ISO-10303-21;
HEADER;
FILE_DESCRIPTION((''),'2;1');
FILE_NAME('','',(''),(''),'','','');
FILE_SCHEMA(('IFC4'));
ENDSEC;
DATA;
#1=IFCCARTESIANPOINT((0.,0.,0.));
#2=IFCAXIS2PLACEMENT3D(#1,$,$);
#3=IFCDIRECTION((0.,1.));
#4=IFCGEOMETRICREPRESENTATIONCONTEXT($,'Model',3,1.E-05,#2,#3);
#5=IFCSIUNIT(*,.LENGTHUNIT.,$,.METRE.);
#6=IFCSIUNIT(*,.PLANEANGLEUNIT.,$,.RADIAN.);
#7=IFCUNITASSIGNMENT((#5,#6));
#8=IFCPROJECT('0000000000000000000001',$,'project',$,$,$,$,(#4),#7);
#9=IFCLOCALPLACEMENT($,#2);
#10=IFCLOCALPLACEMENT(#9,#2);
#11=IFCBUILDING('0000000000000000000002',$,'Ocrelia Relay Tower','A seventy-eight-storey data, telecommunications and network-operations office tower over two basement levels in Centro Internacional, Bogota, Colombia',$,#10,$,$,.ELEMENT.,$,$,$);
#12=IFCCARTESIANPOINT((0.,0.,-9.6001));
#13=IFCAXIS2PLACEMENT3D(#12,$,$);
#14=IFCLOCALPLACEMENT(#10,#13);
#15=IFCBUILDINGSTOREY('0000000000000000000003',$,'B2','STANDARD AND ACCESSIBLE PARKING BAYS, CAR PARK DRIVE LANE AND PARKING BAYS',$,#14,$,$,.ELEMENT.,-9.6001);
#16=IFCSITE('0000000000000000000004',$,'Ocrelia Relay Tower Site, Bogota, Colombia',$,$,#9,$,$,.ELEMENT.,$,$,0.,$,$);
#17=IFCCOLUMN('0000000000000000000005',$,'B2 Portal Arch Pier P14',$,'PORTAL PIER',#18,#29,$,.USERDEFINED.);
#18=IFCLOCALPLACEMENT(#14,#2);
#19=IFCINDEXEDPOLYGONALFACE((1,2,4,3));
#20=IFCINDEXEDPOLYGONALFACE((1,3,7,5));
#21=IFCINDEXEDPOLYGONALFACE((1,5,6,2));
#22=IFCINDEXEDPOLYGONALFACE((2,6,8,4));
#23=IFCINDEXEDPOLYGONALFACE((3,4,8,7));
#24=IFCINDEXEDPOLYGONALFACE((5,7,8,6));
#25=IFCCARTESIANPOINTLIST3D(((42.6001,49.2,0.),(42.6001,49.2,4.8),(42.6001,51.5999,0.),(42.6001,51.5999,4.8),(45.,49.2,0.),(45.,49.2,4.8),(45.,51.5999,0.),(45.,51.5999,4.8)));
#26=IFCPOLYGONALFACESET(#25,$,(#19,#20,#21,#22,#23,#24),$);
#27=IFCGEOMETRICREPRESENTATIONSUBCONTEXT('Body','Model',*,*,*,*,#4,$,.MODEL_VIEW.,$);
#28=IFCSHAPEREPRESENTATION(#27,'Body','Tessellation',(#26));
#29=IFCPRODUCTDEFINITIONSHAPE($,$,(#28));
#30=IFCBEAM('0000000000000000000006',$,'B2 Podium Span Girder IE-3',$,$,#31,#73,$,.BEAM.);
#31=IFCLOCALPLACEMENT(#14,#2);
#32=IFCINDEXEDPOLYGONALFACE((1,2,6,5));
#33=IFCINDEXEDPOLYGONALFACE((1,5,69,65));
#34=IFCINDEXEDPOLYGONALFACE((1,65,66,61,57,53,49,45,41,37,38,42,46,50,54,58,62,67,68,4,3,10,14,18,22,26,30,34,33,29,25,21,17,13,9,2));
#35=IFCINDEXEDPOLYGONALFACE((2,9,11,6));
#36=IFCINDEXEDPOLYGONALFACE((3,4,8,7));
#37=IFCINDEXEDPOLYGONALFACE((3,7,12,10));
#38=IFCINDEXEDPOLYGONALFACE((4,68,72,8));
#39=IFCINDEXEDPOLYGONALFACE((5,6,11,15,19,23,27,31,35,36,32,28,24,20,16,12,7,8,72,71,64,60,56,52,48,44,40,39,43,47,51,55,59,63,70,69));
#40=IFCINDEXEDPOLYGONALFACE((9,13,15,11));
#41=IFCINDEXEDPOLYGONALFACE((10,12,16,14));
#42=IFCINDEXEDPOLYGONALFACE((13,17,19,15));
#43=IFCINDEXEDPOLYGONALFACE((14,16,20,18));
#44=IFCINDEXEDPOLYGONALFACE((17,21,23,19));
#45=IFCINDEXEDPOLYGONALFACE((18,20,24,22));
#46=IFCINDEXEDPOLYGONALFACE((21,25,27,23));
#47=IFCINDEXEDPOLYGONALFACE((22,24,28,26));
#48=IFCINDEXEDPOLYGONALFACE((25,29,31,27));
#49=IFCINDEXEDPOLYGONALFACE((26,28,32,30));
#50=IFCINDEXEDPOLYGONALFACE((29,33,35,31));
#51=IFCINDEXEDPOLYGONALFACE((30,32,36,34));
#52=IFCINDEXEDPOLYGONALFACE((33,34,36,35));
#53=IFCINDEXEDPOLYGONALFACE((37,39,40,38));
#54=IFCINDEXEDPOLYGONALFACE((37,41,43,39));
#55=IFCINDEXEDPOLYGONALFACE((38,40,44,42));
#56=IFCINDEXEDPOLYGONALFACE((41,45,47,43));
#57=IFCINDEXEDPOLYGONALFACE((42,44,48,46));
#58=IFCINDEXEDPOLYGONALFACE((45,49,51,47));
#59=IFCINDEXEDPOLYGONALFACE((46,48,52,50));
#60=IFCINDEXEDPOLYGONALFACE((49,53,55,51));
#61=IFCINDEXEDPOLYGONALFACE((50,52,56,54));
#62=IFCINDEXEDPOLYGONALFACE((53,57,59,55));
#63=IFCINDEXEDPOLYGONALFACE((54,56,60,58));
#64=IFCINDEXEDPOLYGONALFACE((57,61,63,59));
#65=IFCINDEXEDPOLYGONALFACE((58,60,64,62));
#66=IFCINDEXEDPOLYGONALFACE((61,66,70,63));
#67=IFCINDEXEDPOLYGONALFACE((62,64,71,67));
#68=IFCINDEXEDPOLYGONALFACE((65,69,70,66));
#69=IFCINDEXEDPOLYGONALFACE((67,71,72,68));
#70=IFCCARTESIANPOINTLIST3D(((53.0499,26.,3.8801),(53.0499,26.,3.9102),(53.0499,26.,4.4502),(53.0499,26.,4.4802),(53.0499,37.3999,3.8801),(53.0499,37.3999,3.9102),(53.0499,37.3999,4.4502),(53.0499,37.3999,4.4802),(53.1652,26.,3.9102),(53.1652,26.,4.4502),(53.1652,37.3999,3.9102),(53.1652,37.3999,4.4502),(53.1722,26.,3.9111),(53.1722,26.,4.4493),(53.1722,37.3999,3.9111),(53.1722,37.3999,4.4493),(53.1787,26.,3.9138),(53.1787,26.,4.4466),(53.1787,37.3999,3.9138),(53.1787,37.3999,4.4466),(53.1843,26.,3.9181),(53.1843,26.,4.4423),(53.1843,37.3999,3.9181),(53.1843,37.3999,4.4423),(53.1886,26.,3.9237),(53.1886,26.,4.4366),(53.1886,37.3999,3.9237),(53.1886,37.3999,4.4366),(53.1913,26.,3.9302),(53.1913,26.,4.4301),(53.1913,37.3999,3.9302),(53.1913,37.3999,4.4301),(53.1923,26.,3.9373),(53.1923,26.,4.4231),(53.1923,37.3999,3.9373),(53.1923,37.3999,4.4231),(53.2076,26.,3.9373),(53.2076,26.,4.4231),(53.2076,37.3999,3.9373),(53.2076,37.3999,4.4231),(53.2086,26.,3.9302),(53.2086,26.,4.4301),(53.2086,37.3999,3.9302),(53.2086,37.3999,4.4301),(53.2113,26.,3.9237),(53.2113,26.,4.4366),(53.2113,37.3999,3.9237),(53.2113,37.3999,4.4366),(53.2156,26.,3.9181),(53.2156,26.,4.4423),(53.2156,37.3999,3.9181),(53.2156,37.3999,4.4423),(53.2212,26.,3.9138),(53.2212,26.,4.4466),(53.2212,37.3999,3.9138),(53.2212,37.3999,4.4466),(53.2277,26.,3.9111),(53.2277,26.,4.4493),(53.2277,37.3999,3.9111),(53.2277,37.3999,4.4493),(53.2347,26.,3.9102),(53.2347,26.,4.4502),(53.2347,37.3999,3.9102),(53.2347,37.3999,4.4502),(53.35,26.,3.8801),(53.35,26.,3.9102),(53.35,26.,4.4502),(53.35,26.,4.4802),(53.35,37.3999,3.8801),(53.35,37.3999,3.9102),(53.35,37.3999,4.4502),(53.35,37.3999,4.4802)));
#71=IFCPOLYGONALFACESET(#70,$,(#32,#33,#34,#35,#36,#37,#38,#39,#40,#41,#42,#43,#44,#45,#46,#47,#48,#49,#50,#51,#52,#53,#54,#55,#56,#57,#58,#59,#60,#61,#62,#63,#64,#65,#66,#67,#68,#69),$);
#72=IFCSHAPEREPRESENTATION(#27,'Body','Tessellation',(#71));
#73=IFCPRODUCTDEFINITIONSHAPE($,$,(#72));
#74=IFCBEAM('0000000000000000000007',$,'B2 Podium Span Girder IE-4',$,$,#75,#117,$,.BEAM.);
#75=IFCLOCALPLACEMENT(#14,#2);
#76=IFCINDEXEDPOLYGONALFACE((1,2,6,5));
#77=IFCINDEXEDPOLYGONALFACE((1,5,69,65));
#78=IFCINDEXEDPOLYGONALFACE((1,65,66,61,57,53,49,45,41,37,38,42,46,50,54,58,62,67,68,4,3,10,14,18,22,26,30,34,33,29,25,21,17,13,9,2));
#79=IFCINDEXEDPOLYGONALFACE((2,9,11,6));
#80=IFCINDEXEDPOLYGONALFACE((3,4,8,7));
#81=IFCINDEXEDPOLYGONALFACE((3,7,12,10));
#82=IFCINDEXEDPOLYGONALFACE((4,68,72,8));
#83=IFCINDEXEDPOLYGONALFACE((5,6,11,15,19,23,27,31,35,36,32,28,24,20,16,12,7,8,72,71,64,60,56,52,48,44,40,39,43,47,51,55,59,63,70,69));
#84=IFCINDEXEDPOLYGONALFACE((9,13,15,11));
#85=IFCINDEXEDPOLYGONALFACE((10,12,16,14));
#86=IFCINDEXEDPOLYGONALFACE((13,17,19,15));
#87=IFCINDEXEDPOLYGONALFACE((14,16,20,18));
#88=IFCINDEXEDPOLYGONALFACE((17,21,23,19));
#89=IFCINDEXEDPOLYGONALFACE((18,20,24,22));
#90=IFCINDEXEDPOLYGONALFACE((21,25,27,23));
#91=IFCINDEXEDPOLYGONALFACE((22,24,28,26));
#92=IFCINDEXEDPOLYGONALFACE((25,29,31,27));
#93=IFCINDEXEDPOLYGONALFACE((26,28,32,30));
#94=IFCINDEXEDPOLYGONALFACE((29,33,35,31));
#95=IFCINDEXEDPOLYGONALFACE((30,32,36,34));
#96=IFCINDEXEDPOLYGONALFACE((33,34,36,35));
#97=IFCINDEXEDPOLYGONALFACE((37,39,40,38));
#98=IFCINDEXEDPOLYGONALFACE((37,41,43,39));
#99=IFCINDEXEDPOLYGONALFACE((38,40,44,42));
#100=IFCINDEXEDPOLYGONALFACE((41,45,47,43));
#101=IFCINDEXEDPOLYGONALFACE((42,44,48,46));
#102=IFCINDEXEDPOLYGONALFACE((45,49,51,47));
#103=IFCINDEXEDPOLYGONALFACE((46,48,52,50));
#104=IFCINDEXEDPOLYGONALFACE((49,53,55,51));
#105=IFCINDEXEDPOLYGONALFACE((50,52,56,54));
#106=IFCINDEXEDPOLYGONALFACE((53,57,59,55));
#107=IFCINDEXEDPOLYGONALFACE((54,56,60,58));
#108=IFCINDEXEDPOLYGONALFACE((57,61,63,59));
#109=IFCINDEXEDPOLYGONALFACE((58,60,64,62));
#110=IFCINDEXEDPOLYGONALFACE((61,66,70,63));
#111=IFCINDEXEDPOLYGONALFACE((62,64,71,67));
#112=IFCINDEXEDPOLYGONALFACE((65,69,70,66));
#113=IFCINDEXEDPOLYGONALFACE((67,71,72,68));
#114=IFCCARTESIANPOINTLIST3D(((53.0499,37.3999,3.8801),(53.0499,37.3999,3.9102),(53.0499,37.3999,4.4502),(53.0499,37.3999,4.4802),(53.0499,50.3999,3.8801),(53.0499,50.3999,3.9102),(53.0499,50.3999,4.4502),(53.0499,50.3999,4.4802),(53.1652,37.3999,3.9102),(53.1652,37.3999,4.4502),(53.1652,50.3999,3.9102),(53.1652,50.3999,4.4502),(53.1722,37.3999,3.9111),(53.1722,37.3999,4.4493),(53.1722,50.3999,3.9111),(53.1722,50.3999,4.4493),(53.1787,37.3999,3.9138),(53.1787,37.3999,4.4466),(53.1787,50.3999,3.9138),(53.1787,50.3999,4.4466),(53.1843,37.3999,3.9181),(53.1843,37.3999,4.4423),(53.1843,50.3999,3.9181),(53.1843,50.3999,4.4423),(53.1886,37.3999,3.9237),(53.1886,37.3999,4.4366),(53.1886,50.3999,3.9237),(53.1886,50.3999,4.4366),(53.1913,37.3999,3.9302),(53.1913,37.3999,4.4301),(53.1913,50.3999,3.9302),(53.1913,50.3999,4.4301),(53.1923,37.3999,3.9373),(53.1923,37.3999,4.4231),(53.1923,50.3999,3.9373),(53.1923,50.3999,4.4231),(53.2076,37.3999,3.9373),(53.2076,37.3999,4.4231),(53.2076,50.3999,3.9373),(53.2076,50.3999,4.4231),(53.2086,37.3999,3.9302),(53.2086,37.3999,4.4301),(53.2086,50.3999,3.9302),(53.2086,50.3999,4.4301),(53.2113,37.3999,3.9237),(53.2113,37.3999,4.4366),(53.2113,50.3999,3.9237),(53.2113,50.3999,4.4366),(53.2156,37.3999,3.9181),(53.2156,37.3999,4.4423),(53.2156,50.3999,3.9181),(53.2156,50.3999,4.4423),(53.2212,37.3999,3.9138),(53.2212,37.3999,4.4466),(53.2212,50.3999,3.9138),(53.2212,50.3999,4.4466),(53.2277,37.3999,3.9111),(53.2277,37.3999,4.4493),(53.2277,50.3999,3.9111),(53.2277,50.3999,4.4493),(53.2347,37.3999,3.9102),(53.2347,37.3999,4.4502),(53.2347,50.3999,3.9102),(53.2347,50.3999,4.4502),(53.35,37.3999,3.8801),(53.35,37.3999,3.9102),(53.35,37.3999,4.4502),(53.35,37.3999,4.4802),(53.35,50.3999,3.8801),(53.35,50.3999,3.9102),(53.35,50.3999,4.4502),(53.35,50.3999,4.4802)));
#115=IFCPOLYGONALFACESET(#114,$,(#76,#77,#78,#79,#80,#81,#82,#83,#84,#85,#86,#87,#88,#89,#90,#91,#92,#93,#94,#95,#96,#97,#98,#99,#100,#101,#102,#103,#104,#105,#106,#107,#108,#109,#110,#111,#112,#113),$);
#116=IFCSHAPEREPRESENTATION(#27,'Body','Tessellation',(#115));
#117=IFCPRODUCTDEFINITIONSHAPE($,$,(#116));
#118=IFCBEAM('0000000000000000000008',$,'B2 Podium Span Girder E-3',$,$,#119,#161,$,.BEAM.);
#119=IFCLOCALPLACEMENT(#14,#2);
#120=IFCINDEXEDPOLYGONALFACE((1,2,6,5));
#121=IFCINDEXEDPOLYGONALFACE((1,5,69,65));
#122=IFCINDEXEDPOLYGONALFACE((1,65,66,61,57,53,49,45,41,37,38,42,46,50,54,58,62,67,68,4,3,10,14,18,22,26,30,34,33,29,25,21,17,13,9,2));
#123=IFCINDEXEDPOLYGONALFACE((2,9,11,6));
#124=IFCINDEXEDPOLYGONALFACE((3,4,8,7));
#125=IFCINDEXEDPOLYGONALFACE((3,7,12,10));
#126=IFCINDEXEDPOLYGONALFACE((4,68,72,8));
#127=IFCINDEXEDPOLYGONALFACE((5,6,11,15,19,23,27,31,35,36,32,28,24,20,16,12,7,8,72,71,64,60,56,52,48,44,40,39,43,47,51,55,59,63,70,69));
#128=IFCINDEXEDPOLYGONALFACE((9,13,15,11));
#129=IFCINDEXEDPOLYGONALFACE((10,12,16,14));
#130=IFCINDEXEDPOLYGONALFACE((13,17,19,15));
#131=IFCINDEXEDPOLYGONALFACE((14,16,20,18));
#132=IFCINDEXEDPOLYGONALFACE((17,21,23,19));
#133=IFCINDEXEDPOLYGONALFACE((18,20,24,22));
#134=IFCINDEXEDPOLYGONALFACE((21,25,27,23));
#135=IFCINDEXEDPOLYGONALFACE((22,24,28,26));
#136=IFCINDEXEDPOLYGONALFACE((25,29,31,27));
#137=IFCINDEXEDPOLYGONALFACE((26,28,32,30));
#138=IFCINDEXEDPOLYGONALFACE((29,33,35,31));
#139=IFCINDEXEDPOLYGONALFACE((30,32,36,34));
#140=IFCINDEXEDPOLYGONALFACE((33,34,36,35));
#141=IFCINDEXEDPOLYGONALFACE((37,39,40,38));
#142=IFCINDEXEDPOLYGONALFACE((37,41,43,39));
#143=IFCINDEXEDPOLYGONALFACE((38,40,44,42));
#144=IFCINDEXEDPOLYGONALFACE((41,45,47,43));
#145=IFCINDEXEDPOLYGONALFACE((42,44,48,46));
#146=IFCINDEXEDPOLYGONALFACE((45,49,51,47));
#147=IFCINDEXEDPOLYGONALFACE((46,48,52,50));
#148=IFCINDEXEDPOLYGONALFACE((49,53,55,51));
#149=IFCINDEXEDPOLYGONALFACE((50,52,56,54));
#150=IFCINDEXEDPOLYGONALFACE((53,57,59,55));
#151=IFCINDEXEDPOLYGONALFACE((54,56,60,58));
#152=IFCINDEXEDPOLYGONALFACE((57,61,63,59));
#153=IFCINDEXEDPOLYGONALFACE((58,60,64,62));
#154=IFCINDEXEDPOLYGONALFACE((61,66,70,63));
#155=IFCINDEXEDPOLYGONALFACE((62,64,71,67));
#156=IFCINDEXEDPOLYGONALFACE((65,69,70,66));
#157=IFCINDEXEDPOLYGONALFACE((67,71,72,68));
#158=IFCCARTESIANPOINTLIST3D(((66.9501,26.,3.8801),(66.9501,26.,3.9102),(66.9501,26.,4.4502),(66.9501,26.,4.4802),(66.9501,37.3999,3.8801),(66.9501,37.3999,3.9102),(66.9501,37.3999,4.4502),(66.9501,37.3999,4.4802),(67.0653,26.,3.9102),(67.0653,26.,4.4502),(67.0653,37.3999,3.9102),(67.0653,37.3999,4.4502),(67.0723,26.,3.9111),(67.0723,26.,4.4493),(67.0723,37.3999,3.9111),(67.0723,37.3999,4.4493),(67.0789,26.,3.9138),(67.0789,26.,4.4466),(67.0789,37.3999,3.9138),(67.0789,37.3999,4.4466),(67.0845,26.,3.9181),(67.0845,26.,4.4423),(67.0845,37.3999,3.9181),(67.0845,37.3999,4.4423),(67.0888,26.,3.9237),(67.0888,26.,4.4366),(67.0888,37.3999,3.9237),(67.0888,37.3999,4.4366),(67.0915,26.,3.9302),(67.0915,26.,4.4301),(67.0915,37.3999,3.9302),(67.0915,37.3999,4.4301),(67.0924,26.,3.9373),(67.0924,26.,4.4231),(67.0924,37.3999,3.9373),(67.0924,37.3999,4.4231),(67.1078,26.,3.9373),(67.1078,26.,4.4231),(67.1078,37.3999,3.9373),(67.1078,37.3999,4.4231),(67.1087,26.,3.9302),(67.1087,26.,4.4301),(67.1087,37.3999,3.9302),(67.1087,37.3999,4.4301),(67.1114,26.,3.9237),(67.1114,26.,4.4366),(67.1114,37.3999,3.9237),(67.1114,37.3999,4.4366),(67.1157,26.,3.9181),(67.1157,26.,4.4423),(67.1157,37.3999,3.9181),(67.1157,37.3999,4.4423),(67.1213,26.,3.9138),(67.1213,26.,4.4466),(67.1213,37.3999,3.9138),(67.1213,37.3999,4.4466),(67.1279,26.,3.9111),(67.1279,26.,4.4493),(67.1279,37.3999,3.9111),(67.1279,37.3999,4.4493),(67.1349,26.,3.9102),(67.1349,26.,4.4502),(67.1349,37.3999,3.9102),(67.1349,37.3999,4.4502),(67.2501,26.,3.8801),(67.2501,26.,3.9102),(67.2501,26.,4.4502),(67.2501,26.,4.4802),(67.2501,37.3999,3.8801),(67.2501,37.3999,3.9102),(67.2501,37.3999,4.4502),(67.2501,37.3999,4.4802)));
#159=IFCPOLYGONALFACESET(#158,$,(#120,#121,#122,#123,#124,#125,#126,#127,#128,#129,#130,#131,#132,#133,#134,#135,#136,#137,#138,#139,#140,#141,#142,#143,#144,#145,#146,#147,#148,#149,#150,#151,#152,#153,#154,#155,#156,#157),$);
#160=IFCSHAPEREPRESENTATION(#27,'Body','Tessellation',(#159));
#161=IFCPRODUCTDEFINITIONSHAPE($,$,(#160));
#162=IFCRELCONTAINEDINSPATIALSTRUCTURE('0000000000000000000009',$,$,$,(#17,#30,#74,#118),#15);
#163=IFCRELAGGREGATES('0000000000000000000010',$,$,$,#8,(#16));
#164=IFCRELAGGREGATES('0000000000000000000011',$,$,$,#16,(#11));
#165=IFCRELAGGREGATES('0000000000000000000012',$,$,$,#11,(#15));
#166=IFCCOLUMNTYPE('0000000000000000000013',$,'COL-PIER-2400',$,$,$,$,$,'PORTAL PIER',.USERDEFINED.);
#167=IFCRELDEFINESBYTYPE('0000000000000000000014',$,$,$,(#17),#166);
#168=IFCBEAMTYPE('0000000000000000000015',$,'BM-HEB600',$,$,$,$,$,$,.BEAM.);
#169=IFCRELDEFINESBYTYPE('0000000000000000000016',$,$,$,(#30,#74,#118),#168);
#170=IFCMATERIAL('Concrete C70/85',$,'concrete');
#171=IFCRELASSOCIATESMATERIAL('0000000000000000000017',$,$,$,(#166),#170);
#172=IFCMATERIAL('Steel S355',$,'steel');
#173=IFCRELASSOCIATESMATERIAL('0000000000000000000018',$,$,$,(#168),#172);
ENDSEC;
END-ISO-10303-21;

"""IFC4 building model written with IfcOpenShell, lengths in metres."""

from ifc_helpers import new_model, si_unit, direction, frame, origin, origin_2d, place, context, subcontext, project, spatial, rectangle, i_section, extrude, material, material_profile, profile_set, type_object, element, save


model = new_model("IFC4")

# Units and contexts
model_context = context("Model", 3, precision=1e-05, world=origin(), true_north=direction((0.0, 1.0)))
body_context = subcontext(model_context, "Body", "Model", "MODEL_VIEW")
ifc_project = project(units=[si_unit("LENGTHUNIT", "METRE"), si_unit("PLANEANGLEUNIT", "RADIAN")], contexts=[model_context])

# Site, building, storey
site_placement = place(None, origin())
site = spatial("IfcSite", under=ifc_project, at=site_placement, Name="Ocrelia Relay Tower Site, Bogota, Colombia", CompositionType="ELEMENT", RefElevation=0.0)
building_placement = place(site_placement, origin())
building = spatial("IfcBuilding", under=site, at=building_placement, Name="Ocrelia Relay Tower", Description="A seventy-eight-storey data, telecommunications and network-operations office tower over two basement levels in Centro Internacional, Bogota, Colombia", CompositionType="ELEMENT")
storey_placement = place(building_placement, frame((0.0, 0.0, -9.6001)))
storey = spatial("IfcBuildingStorey", under=building, at=storey_placement, Name="B2", Description="STANDARD AND ACCESSIBLE PARKING BAYS, CAR PARK DRIVE LANE AND PARKING BAYS", CompositionType="ELEMENT", Elevation=-9.6001)

# Column
ifc_material_1 = material(Name="Concrete C70/85", Category="concrete")
ifc_material_profile_1 = material_profile(ifc_material_1, rectangle(XDim=2.3999, YDim=2.3999, at=origin_2d()), Name="RC-PIER-2400x2400")
ifc_profile_set_1 = profile_set([ifc_material_profile_1], Name="Concrete C70/85")
column_type_1 = type_object("IfcColumnType", Name="COL-PIER-2400", ElementType="PORTAL PIER", PredefinedType="USERDEFINED", material=ifc_profile_set_1)
column_placement = place(storey_placement, frame((43.8, 50.3999, 0.0), z_axis=(0.0, 0.0, 1.0), x_axis=(1.0, 0.0, 0.0)))
element("IfcColumn", 1, at=column_placement, inside=storey, type_object=column_type_1, Name="B2 Portal Arch Pier P14", ObjectType="PORTAL PIER", PredefinedType="USERDEFINED", context=body_context, shape_type="SweptSolid", body=[
    extrude(rectangle(XDim=2.3999, YDim=2.3999, at=origin_2d()), origin(), (0.0, 0.0, 1.0), 4.8),
])

# Beams
ifc_material_2 = material(Name="Steel S355", Category="steel")
ifc_material_profile_2 = material_profile(ifc_material_2, i_section(OverallWidth=0.3, OverallDepth=0.6001, WebThickness=0.0154, FlangeThickness=0.03, FilletRadius=0.0271, at=origin_2d()), Name="HEB 600")
ifc_profile_set_2 = profile_set([ifc_material_profile_2], Name="Steel S355")
beam_type_1 = type_object("IfcBeamType", Name="BM-HEB600", PredefinedType="BEAM", material=ifc_profile_set_2)
beam_1_placement = place(storey_placement, frame((53.2, 26.0, 4.1802), z_axis=(0.0, 1.0, 0.0), x_axis=(-1.0, 0.0, 0.0)))
element("IfcBeam", 2, at=beam_1_placement, inside=storey, type_object=beam_type_1, Name="B2 Podium Span Girder IE-3", PredefinedType="BEAM", context=body_context, shape_type="SweptSolid", body=[
    extrude(i_section(OverallWidth=0.3, OverallDepth=0.6001, WebThickness=0.0154, FlangeThickness=0.03, FilletRadius=0.0271, at=origin_2d()), origin(), (0.0, 0.0, 1.0), 11.3999),
])
beam_2_placement = place(storey_placement, frame((53.2, 37.3999, 4.1802), z_axis=(0.0, 1.0, 0.0), x_axis=(-1.0, 0.0, 0.0)))
element("IfcBeam", 3, at=beam_2_placement, inside=storey, type_object=beam_type_1, Name="B2 Podium Span Girder IE-4", PredefinedType="BEAM", context=body_context, shape_type="SweptSolid", body=[
    extrude(i_section(OverallWidth=0.3, OverallDepth=0.6001, WebThickness=0.0154, FlangeThickness=0.03, FilletRadius=0.0271, at=origin_2d()), origin(), (0.0, 0.0, 1.0), 13.0),
])
beam_3_placement = place(storey_placement, frame((67.1001, 26.0, 4.1802), z_axis=(0.0, 1.0, 0.0), x_axis=(-1.0, 0.0, 0.0)))
element("IfcBeam", 4, at=beam_3_placement, inside=storey, type_object=beam_type_1, Name="B2 Podium Span Girder E-3", PredefinedType="BEAM", context=body_context, shape_type="SweptSolid", body=[
    extrude(i_section(OverallWidth=0.3, OverallDepth=0.6001, WebThickness=0.0154, FlangeThickness=0.03, FilletRadius=0.0271, at=origin_2d()), origin(), (0.0, 0.0, 1.0), 11.3999),
])

save(model, "model.ifc")
